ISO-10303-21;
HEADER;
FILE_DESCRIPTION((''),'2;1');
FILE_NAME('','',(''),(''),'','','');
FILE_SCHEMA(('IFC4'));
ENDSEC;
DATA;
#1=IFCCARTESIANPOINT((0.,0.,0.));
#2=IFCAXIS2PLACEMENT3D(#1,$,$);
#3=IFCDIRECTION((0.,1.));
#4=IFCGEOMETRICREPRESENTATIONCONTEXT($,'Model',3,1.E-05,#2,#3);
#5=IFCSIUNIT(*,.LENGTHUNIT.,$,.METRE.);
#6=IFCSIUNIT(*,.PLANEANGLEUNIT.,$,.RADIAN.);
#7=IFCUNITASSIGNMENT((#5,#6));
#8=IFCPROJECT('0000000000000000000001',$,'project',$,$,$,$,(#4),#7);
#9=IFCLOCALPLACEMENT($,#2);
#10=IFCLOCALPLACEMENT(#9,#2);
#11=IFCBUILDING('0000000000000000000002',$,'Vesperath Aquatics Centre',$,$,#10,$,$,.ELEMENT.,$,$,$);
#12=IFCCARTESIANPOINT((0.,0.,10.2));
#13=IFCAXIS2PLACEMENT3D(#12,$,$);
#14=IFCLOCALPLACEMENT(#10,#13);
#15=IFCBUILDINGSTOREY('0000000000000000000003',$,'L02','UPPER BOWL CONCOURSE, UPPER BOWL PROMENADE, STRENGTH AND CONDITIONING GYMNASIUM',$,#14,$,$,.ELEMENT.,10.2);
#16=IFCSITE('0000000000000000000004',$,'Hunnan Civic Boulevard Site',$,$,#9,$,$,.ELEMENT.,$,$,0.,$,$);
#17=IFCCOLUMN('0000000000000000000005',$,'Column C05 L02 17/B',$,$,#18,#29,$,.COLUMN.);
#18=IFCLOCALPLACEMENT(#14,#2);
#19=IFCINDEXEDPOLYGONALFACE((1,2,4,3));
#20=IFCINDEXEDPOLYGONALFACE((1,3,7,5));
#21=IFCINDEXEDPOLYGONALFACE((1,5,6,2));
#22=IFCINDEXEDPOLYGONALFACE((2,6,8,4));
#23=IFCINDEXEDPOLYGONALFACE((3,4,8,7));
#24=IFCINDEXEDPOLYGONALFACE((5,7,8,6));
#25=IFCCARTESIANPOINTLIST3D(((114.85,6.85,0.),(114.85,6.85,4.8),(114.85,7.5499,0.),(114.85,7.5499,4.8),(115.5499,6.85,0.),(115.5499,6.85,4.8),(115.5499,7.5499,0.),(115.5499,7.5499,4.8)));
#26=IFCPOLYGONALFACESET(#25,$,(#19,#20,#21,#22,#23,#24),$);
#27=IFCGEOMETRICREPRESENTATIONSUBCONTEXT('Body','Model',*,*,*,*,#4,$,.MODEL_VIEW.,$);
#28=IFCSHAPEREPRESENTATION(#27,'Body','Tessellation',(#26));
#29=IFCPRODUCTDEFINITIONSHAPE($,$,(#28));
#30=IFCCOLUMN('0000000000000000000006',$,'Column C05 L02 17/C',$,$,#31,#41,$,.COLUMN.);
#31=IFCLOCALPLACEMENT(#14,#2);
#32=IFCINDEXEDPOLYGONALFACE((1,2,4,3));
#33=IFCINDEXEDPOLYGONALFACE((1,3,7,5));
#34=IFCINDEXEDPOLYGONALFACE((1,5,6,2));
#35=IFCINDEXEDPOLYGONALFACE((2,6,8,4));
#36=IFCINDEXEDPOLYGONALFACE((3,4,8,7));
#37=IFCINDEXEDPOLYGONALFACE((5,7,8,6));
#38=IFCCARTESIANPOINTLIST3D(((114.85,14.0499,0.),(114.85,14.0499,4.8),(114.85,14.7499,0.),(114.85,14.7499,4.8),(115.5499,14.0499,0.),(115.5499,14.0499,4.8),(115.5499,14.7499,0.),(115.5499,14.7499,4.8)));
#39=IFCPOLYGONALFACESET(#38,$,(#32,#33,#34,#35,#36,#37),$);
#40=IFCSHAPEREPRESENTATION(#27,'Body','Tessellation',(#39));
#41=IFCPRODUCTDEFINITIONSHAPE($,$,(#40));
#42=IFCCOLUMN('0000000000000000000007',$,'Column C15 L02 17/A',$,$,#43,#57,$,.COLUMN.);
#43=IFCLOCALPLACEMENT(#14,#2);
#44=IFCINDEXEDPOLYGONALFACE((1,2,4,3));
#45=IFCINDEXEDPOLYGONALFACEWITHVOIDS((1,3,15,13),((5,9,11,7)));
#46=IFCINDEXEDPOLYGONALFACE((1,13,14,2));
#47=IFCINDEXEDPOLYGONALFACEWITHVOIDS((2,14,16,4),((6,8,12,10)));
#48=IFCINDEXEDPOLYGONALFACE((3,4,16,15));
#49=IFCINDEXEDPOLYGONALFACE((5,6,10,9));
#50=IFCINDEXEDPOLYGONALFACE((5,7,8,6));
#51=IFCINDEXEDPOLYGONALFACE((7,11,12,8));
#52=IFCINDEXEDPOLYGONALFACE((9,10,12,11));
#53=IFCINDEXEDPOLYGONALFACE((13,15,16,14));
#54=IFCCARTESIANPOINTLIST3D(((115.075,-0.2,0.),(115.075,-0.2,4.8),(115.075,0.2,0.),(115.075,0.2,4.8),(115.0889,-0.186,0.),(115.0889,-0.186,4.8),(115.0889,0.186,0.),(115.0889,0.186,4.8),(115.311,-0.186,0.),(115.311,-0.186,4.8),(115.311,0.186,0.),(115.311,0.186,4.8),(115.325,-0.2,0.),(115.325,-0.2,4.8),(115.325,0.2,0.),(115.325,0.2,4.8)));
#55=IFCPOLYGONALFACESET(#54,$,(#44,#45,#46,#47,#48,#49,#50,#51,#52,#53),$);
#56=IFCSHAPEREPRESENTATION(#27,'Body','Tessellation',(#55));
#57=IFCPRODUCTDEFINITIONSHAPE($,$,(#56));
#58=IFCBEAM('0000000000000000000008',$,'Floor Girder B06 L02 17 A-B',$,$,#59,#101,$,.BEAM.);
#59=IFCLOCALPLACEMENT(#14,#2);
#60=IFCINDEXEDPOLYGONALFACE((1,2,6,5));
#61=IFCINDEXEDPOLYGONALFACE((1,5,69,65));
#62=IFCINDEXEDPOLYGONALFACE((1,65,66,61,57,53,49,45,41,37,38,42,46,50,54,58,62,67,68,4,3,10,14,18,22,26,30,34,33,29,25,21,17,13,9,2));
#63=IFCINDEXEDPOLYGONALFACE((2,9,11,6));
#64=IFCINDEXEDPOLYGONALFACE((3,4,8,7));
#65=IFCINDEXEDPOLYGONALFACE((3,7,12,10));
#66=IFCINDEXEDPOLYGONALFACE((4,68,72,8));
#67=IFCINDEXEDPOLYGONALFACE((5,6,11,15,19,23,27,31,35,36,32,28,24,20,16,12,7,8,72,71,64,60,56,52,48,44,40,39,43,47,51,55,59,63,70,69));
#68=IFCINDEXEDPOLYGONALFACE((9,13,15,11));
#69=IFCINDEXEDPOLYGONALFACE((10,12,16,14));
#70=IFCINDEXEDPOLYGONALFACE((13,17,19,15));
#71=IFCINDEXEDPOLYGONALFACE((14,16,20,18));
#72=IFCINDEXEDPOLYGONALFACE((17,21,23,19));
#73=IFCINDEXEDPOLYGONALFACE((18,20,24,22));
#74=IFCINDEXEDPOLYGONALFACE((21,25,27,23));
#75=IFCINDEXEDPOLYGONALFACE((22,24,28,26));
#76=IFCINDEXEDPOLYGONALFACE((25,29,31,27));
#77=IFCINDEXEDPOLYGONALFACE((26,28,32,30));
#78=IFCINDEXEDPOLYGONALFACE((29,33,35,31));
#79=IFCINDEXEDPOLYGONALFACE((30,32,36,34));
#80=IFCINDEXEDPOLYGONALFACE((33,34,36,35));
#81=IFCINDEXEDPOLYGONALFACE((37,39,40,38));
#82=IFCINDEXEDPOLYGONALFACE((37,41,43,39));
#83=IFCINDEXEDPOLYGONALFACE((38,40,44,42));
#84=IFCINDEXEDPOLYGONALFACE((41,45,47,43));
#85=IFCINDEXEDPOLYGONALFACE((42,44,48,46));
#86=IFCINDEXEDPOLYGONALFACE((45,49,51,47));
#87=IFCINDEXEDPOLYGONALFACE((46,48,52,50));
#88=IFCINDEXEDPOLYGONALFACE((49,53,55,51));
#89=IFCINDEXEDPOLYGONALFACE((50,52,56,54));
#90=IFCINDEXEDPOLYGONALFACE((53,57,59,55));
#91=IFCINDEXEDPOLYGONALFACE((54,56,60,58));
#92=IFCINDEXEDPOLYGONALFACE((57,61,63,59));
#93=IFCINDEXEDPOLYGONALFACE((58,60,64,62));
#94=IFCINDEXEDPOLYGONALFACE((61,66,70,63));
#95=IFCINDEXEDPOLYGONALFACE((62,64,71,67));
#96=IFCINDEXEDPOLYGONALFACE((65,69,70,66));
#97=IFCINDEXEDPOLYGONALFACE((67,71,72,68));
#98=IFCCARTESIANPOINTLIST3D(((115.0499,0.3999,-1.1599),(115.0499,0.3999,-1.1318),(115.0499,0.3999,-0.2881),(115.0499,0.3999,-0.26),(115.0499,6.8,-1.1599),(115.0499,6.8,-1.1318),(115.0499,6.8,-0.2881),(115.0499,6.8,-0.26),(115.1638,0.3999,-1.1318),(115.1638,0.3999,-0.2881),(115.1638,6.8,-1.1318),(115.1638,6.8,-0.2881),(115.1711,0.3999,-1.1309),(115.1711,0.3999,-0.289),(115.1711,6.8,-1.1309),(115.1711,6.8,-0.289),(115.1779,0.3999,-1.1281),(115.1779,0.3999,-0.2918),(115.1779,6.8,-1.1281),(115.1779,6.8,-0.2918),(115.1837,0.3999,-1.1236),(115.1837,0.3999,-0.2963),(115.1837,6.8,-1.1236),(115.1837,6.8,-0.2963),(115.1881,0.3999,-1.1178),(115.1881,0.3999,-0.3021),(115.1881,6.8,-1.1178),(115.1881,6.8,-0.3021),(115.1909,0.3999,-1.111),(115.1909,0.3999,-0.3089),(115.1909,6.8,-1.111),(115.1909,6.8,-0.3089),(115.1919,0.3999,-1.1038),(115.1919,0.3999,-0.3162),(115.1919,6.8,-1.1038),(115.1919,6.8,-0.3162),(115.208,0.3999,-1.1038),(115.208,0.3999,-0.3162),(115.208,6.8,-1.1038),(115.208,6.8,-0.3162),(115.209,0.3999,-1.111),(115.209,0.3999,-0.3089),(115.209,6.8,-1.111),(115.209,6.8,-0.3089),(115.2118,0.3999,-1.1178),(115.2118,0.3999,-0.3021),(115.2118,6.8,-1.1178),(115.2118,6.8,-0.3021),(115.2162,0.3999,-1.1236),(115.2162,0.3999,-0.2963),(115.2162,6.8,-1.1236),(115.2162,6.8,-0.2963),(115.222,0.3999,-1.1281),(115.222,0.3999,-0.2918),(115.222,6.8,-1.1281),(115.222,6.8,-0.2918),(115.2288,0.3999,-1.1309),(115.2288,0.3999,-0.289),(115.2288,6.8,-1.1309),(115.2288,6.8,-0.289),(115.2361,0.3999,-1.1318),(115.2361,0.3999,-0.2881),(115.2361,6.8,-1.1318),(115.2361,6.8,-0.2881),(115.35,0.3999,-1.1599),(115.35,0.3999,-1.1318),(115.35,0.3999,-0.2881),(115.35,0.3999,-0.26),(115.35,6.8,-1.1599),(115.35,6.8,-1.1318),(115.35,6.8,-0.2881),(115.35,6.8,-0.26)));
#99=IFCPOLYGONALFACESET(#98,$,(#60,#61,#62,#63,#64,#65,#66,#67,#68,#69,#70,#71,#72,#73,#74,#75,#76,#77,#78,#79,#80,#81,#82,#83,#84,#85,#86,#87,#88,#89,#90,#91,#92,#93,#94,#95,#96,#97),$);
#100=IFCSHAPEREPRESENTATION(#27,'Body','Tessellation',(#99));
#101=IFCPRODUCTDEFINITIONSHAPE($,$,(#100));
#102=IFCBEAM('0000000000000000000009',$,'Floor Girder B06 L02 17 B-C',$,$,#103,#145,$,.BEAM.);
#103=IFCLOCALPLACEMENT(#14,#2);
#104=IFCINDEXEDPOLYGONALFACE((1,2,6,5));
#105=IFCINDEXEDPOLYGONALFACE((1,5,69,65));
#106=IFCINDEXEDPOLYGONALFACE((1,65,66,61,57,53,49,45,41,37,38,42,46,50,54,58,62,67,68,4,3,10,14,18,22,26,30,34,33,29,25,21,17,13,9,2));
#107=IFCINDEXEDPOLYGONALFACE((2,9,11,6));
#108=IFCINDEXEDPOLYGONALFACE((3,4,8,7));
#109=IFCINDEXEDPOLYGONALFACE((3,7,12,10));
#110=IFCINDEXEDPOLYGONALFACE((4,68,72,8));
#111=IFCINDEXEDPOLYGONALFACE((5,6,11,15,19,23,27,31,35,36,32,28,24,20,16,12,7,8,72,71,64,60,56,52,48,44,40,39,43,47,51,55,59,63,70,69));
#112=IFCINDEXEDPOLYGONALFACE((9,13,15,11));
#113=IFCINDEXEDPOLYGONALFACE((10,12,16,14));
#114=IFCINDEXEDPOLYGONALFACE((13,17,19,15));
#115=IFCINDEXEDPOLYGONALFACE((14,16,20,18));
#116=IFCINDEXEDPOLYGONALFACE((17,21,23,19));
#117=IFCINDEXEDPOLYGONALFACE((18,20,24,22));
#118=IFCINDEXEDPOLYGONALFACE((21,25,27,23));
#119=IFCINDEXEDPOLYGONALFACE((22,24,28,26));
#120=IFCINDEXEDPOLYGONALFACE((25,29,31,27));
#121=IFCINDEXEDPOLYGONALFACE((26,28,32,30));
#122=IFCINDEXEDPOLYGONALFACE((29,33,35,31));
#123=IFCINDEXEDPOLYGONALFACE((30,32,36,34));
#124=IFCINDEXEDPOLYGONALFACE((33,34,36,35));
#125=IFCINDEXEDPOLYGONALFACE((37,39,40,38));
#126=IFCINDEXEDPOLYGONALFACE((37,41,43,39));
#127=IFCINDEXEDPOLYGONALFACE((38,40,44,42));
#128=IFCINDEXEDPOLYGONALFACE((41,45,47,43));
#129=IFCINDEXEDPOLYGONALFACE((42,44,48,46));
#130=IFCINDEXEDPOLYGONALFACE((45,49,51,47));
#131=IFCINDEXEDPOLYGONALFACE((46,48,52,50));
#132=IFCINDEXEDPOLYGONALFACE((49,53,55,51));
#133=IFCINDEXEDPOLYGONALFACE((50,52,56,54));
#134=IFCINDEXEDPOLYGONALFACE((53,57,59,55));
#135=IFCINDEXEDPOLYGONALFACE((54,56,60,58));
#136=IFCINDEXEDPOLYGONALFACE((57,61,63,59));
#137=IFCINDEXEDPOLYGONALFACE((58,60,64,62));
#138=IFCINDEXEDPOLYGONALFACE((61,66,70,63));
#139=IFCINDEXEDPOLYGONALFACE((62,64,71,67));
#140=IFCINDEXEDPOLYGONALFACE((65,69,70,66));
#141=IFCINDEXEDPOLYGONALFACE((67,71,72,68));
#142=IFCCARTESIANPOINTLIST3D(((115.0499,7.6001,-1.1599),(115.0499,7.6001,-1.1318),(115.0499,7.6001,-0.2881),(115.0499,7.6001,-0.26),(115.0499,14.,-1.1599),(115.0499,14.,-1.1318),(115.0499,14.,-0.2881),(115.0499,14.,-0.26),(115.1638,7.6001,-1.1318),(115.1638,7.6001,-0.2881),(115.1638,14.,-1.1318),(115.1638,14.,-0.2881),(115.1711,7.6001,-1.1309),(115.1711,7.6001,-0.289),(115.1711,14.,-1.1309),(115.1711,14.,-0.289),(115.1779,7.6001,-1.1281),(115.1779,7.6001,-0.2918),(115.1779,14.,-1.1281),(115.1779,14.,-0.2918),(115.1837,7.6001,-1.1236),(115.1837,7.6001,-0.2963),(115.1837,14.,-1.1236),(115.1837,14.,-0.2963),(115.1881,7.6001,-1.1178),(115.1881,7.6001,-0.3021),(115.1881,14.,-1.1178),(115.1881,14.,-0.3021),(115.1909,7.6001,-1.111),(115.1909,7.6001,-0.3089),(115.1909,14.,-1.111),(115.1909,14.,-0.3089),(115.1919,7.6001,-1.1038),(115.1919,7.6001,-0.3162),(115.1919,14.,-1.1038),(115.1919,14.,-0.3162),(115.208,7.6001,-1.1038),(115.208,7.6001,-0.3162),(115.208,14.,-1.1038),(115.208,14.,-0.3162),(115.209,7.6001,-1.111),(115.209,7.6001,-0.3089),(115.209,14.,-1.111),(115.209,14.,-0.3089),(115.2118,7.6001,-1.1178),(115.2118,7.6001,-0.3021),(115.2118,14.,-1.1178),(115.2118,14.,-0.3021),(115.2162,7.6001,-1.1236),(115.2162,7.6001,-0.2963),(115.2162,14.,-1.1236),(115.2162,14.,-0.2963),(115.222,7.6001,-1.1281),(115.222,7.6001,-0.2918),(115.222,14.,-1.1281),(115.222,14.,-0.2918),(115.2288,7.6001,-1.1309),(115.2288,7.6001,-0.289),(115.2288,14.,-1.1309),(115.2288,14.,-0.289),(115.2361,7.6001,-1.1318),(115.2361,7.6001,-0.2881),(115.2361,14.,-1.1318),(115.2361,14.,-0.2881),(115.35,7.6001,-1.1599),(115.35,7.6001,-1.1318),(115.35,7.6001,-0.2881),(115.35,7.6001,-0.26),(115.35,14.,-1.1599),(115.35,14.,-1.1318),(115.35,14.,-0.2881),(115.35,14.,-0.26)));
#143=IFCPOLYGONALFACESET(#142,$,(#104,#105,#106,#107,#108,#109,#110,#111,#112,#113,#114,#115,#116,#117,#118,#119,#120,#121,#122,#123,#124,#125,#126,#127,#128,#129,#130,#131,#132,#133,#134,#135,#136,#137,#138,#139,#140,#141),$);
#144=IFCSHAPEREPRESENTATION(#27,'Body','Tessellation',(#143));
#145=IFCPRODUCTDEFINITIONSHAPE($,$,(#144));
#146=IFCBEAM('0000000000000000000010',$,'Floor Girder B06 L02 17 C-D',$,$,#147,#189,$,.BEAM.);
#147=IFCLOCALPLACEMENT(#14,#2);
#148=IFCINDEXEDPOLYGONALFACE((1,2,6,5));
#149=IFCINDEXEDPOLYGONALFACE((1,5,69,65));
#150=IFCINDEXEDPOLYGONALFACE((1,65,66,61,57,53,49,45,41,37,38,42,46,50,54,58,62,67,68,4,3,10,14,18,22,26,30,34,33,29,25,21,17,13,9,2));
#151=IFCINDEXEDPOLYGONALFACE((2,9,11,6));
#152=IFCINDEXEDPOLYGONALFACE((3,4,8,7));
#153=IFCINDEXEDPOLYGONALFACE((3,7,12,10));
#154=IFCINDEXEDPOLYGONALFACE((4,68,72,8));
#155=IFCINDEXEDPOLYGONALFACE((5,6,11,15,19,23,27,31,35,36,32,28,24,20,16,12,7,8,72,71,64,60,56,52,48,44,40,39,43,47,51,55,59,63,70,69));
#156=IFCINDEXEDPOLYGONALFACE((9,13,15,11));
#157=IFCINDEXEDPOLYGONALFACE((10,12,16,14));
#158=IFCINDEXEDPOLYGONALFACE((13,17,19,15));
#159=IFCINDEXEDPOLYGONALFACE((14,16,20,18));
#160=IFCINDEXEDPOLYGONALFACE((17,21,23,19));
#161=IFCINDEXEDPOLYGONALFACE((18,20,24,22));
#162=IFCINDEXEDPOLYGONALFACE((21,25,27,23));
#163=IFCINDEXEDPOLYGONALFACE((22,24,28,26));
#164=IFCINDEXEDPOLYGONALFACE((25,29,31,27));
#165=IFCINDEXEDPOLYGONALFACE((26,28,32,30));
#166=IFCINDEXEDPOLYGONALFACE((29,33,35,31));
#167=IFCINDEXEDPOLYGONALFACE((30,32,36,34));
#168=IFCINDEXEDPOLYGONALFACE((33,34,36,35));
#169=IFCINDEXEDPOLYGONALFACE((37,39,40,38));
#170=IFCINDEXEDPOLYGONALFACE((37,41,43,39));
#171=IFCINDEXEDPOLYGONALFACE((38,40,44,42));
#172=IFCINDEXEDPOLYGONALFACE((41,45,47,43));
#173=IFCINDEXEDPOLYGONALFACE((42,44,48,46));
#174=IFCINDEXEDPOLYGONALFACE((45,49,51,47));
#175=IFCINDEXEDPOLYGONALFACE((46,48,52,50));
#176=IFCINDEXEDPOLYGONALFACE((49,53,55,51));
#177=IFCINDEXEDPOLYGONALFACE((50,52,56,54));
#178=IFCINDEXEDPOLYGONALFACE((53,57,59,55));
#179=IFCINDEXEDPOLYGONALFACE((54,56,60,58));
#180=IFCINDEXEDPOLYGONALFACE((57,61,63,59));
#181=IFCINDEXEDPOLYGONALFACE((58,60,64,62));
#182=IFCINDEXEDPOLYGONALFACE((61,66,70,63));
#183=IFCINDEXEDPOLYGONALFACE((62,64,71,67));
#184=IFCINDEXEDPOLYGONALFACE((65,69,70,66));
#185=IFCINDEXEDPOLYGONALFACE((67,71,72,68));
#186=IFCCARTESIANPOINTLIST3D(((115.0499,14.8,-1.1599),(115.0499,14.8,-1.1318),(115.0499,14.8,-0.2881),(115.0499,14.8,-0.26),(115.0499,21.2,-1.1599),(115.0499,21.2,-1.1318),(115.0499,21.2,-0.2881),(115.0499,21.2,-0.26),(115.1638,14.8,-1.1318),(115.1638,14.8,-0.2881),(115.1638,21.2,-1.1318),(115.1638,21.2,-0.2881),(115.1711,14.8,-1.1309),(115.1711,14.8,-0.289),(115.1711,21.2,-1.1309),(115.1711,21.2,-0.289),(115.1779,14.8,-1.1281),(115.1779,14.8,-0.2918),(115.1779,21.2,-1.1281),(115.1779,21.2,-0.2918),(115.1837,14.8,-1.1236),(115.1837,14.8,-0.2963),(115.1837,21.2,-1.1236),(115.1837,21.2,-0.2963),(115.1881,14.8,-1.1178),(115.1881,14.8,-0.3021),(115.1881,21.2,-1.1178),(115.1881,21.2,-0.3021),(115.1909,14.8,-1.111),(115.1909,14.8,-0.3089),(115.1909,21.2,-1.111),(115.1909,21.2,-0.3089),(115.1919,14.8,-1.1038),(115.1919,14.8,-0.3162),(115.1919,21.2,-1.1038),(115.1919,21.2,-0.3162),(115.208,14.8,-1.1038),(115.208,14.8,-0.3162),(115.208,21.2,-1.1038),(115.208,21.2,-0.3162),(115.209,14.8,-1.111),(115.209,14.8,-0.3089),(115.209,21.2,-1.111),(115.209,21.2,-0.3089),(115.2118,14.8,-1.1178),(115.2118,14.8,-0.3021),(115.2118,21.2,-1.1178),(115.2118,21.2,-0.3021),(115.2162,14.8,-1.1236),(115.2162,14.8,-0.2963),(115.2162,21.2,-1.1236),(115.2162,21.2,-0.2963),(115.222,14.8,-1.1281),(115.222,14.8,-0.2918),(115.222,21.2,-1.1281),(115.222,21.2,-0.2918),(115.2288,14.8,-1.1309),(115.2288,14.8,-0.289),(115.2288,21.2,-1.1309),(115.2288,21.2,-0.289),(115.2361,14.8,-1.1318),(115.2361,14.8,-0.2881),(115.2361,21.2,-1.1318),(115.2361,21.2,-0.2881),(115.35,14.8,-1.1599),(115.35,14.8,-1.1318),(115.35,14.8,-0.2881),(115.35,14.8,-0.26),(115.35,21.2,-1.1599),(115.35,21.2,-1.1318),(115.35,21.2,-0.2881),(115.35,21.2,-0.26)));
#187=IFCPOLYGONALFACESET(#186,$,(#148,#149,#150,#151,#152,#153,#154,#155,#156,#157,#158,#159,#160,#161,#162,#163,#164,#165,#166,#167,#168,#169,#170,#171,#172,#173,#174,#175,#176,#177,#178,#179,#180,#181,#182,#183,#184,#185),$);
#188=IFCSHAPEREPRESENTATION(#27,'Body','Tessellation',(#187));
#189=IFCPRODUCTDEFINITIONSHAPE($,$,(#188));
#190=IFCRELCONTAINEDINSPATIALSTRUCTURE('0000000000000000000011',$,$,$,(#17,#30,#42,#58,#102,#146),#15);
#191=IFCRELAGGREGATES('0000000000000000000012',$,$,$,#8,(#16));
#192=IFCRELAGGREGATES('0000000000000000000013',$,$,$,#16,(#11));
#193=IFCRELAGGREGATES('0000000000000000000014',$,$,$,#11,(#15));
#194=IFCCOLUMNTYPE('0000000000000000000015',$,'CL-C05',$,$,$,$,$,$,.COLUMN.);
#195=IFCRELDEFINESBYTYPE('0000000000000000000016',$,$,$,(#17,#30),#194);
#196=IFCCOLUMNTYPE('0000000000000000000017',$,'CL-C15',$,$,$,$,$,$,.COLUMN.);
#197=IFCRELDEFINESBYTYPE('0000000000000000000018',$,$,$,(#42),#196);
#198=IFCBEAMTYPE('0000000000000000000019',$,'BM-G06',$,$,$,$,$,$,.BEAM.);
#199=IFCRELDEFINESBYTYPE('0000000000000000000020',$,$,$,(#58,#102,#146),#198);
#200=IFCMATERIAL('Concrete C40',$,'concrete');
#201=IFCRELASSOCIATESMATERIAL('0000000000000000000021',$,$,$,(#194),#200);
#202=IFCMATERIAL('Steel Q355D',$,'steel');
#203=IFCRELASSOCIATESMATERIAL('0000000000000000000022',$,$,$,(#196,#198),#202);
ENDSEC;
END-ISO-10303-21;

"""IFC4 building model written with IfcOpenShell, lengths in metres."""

from ifc_helpers import new_model, si_unit, direction, frame, origin, origin_2d, place, context, subcontext, project, spatial, rectangle, hollow_rectangle, i_section, extrude, material, material_profile, profile_set, type_object, element, save


model = new_model("IFC4")

# Units and contexts
model_context = context("Model", 3, precision=1e-05, world=origin(), true_north=direction((0.0, 1.0)))
body_context = subcontext(model_context, "Body", "Model", "MODEL_VIEW")
ifc_project = project(units=[si_unit("LENGTHUNIT", "METRE"), si_unit("PLANEANGLEUNIT", "RADIAN")], contexts=[model_context])

# Site, building, storey
site_placement = place(None, origin())
site = spatial("IfcSite", under=ifc_project, at=site_placement, Name="Hunnan Civic Boulevard Site", CompositionType="ELEMENT", RefElevation=0.0)
building_placement = place(site_placement, origin())
building = spatial("IfcBuilding", under=site, at=building_placement, Name="Vesperath Aquatics Centre", CompositionType="ELEMENT")
storey_placement = place(building_placement, frame((0.0, 0.0, 10.2)))
storey = spatial("IfcBuildingStorey", under=building, at=storey_placement, Name="L02", Description="UPPER BOWL CONCOURSE, UPPER BOWL PROMENADE, STRENGTH AND CONDITIONING GYMNASIUM", CompositionType="ELEMENT", Elevation=10.2)

# Columns
ifc_material_1 = material(Name="Concrete C40", Category="concrete")
ifc_material_profile_1 = material_profile(ifc_material_1, rectangle(XDim=0.7, YDim=0.7, at=origin_2d()), Name="RC 700x700")
ifc_profile_set_1 = profile_set([ifc_material_profile_1], Name="Concrete C40")
column_type_1 = type_object("IfcColumnType", Name="CL-C05", PredefinedType="COLUMN", material=ifc_profile_set_1)
for number, where, z_axis, x_axis, name in (
    (1, (115.2, 7.2, 0.0), (0.0, 0.0, 1.0), (1.0, 0.0, 0.0), "Column C05 L02 17/B"),
    (2, (115.2, 14.3999, 0.0), (0.0, 0.0, 1.0), (1.0, 0.0, 0.0), "Column C05 L02 17/C"),
):
    element("IfcColumn", number, at=place(storey_placement, frame(where, z_axis=z_axis, x_axis=x_axis)), inside=storey, type_object=column_type_1, Name=name, PredefinedType="COLUMN", context=body_context, shape_type="SweptSolid", body=[
        extrude(rectangle(XDim=0.7, YDim=0.7, at=origin_2d()), origin(), (0.0, 0.0, 1.0), 4.8),
    ])
ifc_material_2 = material(Name="Steel Q355D", Category="steel")
ifc_material_profile_2 = material_profile(ifc_material_2, hollow_rectangle(XDim=0.25, YDim=0.3999, WallThickness=0.0139, at=origin_2d()), Name="RHS 400x250x14")
ifc_profile_set_2 = profile_set([ifc_material_profile_2], Name="Steel Q355D")
column_type_2 = type_object("IfcColumnType", Name="CL-C15", PredefinedType="COLUMN", material=ifc_profile_set_2)
column_placement = place(storey_placement, frame((115.2, 0.0, 0.0), z_axis=(0.0, 0.0, 1.0), x_axis=(1.0, 0.0, 0.0)))
element("IfcColumn", 3, at=column_placement, inside=storey, type_object=column_type_2, Name="Column C15 L02 17/A", PredefinedType="COLUMN", context=body_context, shape_type="SweptSolid", body=[
    extrude(hollow_rectangle(XDim=0.25, YDim=0.3999, WallThickness=0.0139, at=origin_2d()), origin(), (0.0, 0.0, 1.0), 4.8),
])

# Beams
ifc_material_profile_3 = material_profile(ifc_material_2, i_section(OverallWidth=0.3, OverallDepth=0.8999, WebThickness=0.0161, FlangeThickness=0.0281, FilletRadius=0.0281, at=origin_2d()), Name="HN 900x300x16x28")
ifc_profile_set_3 = profile_set([ifc_material_profile_3], Name="Steel Q355D")
beam_type_1 = type_object("IfcBeamType", Name="BM-G06", PredefinedType="BEAM", material=ifc_profile_set_3)
beam_1_placement = place(storey_placement, frame((115.2, 0.3999, -0.71), z_axis=(0.0, 1.0, 0.0), x_axis=(-1.0, 0.0, 0.0)))
element("IfcBeam", 4, at=beam_1_placement, inside=storey, type_object=beam_type_1, Name="Floor Girder B06 L02 17 A-B", PredefinedType="BEAM", context=body_context, shape_type="SweptSolid", body=[
    extrude(i_section(OverallWidth=0.3, OverallDepth=0.8999, WebThickness=0.0161, FlangeThickness=0.0281, FilletRadius=0.0281, at=origin_2d()), origin(), (0.0, 0.0, 1.0), 6.4001),
])
for number, where, z_axis, x_axis, name in (
    (5, (115.2, 7.6001, -0.71), (0.0, 1.0, 0.0), (-1.0, 0.0, 0.0), "Floor Girder B06 L02 17 B-C"),
    (6, (115.2, 14.8, -0.71), (0.0, 1.0, 0.0), (-1.0, 0.0, 0.0), "Floor Girder B06 L02 17 C-D"),
):
    element("IfcBeam", number, at=place(storey_placement, frame(where, z_axis=z_axis, x_axis=x_axis)), inside=storey, type_object=beam_type_1, Name=name, PredefinedType="BEAM", context=body_context, shape_type="SweptSolid", body=[
        extrude(i_section(OverallWidth=0.3, OverallDepth=0.8999, WebThickness=0.0161, FlangeThickness=0.0281, FilletRadius=0.0281, at=origin_2d()), origin(), (0.0, 0.0, 1.0), 6.3999),
    ])

save(model, "model.ifc")
